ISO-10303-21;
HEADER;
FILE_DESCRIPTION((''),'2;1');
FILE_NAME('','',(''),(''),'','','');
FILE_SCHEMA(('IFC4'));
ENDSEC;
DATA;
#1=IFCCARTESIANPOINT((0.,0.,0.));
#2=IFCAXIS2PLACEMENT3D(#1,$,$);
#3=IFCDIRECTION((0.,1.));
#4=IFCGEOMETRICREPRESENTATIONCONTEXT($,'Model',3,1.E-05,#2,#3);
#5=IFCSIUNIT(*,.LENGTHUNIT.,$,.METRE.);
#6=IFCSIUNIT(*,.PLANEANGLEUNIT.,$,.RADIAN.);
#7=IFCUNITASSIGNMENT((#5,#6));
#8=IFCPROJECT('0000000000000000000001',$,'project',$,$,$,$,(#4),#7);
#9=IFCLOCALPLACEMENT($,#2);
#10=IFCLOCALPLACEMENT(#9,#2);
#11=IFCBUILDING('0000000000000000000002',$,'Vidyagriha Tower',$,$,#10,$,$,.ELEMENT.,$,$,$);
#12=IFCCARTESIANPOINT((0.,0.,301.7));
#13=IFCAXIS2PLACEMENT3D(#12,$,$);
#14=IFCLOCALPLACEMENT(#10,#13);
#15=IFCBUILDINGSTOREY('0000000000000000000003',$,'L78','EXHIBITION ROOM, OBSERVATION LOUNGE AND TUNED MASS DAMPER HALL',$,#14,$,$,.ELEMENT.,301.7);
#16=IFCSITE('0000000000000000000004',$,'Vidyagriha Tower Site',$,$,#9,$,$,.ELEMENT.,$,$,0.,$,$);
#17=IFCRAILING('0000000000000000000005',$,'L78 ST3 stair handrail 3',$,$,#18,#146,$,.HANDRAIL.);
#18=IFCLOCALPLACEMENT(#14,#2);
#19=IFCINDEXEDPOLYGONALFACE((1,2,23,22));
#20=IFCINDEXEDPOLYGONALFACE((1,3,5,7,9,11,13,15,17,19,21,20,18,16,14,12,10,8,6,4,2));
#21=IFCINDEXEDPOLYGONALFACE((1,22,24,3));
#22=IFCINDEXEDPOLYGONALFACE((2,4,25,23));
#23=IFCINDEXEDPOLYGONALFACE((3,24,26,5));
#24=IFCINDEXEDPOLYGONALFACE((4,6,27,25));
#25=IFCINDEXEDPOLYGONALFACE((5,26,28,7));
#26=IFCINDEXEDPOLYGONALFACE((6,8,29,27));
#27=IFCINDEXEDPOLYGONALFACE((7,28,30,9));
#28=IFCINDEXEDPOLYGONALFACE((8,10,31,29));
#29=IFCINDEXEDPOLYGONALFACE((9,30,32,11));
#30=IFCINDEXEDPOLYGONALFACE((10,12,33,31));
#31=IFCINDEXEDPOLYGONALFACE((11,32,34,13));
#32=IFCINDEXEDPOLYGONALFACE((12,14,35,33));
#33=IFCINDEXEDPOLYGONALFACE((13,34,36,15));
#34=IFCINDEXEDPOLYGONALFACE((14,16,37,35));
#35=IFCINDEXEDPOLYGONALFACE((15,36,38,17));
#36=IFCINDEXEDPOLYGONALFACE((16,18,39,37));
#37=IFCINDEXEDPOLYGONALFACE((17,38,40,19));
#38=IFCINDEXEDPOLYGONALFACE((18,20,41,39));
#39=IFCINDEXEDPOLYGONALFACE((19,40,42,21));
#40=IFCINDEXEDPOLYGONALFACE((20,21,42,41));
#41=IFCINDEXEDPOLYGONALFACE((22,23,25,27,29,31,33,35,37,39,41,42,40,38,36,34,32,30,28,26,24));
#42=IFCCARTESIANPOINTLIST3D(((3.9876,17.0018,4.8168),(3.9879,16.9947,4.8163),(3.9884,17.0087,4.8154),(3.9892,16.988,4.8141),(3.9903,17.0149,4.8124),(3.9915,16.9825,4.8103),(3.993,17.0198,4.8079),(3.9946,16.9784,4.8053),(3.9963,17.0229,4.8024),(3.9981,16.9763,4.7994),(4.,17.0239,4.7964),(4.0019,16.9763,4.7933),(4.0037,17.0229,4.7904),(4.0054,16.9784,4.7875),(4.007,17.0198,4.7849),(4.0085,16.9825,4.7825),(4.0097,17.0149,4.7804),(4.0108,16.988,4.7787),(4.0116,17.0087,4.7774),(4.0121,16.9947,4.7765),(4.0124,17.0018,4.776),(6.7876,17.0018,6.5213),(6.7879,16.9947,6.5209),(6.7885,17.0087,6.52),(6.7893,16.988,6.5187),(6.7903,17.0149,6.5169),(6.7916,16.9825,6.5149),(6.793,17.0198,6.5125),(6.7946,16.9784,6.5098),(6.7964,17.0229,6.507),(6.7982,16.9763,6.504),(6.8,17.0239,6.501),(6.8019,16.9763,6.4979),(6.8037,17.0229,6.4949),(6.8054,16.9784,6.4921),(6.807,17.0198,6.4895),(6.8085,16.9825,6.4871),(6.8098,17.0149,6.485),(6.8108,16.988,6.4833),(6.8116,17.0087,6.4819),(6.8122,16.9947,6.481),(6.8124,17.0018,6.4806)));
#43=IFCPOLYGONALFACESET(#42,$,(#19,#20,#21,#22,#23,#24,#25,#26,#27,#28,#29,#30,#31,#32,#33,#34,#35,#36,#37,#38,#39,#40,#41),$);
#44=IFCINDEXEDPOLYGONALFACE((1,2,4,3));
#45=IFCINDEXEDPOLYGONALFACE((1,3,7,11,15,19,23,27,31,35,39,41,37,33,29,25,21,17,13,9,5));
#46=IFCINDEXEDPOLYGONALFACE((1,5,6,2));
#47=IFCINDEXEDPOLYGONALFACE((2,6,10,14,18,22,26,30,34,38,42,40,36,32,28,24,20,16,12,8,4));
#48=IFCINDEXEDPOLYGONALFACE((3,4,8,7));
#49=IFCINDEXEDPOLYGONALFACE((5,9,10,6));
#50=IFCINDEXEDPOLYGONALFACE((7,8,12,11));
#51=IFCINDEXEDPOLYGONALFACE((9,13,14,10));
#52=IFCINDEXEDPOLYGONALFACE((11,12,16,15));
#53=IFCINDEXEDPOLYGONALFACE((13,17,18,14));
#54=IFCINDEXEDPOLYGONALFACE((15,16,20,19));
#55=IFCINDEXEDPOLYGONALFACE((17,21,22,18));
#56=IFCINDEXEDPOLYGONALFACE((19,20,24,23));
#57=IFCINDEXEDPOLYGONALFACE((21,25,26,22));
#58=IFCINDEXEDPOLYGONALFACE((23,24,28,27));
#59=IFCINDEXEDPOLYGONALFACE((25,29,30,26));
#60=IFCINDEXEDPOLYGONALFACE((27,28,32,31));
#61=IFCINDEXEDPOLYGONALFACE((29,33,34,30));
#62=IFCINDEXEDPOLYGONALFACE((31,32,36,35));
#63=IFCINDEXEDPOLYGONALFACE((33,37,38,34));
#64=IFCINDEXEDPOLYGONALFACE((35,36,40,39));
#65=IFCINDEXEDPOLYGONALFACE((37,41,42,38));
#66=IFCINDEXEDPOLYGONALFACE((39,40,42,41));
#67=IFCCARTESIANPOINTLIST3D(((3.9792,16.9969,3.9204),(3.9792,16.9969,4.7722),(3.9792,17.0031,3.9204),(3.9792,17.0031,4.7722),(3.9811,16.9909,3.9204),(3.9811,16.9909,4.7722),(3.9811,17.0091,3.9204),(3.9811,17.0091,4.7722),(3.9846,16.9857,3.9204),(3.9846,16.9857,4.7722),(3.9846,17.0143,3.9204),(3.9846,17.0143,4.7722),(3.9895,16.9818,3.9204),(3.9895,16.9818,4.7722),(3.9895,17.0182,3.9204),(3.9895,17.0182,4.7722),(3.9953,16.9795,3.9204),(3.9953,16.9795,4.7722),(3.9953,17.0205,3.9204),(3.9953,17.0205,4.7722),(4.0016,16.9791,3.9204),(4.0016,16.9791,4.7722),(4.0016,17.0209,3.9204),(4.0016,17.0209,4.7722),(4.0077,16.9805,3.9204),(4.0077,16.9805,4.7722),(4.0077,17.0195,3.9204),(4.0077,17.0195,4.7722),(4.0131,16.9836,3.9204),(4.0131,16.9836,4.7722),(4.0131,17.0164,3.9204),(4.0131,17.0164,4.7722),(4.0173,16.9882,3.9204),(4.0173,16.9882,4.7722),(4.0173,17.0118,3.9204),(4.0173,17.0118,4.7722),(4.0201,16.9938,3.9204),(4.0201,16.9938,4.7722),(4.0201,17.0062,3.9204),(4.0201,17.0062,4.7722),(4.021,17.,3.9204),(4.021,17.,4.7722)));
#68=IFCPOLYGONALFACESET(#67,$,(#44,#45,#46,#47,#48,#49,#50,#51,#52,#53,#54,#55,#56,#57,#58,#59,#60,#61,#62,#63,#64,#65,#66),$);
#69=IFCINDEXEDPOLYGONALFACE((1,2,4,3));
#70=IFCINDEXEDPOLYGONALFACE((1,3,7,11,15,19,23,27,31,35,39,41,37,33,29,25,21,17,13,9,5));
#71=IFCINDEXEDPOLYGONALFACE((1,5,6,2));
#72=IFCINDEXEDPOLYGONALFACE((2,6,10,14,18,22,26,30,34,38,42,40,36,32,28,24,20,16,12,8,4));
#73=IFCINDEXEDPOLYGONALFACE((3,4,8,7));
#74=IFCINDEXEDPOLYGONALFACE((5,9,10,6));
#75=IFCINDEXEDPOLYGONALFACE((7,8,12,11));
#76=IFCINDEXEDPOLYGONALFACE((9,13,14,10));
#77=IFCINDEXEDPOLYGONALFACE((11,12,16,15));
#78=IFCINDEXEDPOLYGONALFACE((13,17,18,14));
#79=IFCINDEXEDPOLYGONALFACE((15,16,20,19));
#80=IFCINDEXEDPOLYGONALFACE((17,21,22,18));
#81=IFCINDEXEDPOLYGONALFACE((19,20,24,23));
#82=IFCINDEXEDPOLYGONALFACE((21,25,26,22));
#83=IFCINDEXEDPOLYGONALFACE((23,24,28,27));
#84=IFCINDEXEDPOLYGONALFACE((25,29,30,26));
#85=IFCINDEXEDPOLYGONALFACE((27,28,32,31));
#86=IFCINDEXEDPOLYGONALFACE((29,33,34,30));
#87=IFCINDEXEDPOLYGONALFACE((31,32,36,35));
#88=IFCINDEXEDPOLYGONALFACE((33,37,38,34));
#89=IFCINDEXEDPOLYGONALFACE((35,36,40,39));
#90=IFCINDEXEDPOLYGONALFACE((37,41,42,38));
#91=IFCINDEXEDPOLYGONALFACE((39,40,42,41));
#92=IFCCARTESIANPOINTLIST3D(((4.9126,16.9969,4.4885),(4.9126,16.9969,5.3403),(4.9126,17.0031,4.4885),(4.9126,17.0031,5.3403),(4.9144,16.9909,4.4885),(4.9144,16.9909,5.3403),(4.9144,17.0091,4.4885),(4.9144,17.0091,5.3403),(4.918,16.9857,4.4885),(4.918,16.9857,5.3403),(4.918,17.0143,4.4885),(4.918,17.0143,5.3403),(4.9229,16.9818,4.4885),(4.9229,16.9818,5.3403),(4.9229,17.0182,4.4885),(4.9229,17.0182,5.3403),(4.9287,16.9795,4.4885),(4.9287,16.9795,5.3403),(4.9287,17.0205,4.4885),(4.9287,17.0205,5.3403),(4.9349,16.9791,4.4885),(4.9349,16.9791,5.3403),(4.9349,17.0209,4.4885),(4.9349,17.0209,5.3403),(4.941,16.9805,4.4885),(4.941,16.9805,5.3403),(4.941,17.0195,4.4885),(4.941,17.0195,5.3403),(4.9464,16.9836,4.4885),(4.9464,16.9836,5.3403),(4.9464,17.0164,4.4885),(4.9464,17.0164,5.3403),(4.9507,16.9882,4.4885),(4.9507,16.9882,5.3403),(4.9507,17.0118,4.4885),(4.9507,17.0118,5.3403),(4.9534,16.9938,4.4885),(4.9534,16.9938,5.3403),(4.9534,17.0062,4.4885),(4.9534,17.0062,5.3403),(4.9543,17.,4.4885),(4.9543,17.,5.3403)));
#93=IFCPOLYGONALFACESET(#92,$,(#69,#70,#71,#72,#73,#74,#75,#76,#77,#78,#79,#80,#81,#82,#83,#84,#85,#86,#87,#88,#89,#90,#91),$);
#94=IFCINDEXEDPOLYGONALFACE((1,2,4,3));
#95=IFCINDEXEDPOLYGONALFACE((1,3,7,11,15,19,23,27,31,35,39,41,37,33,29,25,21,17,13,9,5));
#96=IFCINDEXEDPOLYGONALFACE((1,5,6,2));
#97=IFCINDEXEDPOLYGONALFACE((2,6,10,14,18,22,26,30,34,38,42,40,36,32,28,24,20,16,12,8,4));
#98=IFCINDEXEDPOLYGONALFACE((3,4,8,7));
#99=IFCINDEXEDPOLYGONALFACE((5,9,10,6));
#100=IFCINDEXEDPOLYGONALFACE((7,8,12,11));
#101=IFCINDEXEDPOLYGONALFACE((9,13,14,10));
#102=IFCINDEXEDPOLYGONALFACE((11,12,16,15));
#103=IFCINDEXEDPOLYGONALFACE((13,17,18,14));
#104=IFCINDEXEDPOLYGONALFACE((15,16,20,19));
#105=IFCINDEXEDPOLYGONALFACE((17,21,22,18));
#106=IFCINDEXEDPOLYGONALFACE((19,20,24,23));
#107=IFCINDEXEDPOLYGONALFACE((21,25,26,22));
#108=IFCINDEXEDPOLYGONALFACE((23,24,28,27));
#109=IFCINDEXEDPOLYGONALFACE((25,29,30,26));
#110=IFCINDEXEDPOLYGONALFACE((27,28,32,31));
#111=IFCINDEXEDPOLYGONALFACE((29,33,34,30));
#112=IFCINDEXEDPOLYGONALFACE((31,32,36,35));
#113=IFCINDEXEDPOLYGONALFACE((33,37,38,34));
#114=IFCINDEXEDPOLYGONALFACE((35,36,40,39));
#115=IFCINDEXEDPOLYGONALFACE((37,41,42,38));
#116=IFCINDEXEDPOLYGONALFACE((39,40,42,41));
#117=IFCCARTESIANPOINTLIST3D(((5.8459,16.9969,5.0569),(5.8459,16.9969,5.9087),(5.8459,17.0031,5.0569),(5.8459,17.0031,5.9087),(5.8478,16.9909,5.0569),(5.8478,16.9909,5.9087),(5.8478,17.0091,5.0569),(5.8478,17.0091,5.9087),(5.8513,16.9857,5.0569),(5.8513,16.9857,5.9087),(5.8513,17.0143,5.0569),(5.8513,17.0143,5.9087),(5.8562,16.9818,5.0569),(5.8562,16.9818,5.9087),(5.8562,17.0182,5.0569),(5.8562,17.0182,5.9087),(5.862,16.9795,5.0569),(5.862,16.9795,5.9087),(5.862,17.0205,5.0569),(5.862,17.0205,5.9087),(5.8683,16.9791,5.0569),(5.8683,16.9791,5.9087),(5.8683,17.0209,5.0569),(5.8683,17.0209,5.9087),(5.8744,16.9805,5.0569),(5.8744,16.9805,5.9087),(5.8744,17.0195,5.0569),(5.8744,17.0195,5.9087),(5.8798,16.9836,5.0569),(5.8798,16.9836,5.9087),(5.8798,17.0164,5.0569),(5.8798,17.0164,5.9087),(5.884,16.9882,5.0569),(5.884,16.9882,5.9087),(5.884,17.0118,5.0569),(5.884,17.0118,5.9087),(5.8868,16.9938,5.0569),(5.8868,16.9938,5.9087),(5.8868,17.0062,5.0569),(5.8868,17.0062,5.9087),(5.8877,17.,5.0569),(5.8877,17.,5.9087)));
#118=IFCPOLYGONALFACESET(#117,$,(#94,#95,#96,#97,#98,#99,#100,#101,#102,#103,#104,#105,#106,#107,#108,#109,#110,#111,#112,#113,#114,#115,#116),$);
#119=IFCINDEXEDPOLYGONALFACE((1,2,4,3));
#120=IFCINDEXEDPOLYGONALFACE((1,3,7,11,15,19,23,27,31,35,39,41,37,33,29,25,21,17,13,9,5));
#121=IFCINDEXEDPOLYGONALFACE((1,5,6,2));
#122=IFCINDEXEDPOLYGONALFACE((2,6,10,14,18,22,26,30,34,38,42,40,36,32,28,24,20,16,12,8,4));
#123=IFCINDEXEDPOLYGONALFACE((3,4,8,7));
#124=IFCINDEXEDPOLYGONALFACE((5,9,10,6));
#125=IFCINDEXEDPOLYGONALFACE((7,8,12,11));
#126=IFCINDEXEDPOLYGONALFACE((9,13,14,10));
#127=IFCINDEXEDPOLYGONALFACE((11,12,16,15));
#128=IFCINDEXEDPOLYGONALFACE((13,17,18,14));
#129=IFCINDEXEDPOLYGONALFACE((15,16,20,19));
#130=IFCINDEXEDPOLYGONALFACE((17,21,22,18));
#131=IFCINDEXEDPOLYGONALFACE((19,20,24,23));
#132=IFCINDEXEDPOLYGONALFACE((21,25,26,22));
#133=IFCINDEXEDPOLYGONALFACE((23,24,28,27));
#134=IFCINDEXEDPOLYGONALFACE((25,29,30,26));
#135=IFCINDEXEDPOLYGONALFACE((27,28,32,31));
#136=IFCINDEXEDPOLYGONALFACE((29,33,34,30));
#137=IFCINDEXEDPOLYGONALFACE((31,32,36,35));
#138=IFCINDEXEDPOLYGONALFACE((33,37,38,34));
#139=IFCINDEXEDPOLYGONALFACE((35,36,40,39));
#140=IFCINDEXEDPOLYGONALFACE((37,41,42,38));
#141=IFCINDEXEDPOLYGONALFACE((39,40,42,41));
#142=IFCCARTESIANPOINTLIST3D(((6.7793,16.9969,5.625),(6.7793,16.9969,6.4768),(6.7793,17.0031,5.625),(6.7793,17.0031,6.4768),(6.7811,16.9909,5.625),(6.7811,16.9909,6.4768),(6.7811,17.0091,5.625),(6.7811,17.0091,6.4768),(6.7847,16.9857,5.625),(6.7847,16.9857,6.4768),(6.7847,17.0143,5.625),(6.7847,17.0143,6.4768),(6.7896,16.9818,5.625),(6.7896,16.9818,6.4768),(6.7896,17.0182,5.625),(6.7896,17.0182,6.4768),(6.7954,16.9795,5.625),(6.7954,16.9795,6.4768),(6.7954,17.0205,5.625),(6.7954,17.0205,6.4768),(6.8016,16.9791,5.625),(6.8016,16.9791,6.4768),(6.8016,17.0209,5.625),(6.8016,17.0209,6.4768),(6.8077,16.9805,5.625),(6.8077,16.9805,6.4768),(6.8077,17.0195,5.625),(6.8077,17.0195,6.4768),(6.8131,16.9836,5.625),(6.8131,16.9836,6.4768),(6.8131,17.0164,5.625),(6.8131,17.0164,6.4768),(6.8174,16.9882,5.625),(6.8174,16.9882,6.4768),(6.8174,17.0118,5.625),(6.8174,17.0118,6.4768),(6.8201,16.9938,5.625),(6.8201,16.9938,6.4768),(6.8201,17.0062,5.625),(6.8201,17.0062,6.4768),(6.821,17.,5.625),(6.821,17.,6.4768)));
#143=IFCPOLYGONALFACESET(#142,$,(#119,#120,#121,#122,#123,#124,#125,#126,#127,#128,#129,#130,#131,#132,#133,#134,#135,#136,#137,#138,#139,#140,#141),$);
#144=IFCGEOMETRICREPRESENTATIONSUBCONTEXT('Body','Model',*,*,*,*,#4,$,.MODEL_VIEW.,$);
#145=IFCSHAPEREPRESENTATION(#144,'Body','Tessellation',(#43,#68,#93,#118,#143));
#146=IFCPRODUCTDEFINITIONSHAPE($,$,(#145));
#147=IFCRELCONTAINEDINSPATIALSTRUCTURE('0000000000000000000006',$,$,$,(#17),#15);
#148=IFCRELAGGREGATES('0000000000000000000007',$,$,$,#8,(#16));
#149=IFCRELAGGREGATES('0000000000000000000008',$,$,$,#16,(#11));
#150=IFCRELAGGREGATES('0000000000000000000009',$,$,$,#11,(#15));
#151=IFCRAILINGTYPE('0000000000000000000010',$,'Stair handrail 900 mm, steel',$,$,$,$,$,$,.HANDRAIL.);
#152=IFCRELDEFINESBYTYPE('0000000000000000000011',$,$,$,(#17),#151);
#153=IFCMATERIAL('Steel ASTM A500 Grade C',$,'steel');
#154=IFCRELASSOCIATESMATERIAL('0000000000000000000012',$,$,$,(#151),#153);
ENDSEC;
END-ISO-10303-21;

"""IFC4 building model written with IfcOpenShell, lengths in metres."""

from ifc_helpers import new_model, si_unit, direction, frame, origin, origin_2d, place, context, subcontext, project, spatial, circle, extrude, material, type_object, element, save


model = new_model("IFC4")

# Units and contexts
model_context = context("Model", 3, precision=1e-05, world=origin(), true_north=direction((0.0, 1.0)))
body_context = subcontext(model_context, "Body", "Model", "MODEL_VIEW")
ifc_project = project(units=[si_unit("LENGTHUNIT", "METRE"), si_unit("PLANEANGLEUNIT", "RADIAN")], contexts=[model_context])

# Site, building, storey
site_placement = place(None, origin())
site = spatial("IfcSite", under=ifc_project, at=site_placement, Name="Vidyagriha Tower Site", CompositionType="ELEMENT", RefElevation=0.0)
building_placement = place(site_placement, origin())
building = spatial("IfcBuilding", under=site, at=building_placement, Name="Vidyagriha Tower", CompositionType="ELEMENT")
storey_placement = place(building_placement, frame((0.0, 0.0, 301.7)))
storey = spatial("IfcBuildingStorey", under=building, at=storey_placement, Name="L78", Description="EXHIBITION ROOM, OBSERVATION LOUNGE AND TUNED MASS DAMPER HALL", CompositionType="ELEMENT", Elevation=301.7)

# Railing
ifc_material_1 = material(Name="Steel ASTM A500 Grade C", Category="steel")
railing_type_1 = type_object("IfcRailingType", Name="Stair handrail 900 mm, steel", PredefinedType="HANDRAIL", material=ifc_material_1)
for number, where, name in (
    (1, (4.0, 17.0, 3.9204), "L78 ST3 stair handrail 3"),
):
    element("IfcRailing", number, at=place(storey_placement, frame(where)), inside=storey, type_object=railing_type_1, Name=name, PredefinedType="HANDRAIL", context=body_context, shape_type="SweptSolid", body=[
        extrude(circle(Radius=0.0239, at=origin_2d()), frame((0.0, 0.0, 0.876), z_axis=(0.85417, 0.0, 0.519994), x_axis=(0.0, 1.0, 0.0)), (0.0, 0.0, 1.0), 3.2781),
        extrude(circle(Radius=0.021, at=origin_2d()), origin(), (0.0, 0.0, 1.0), 0.8518),
        extrude(circle(Radius=0.021, at=origin_2d()), frame((0.9333, 0.0, 0.5681)), (0.0, 0.0, 1.0), 0.8518),
        extrude(circle(Radius=0.021, at=origin_2d()), frame((1.8667, 0.0, 1.1365)), (0.0, 0.0, 1.0), 0.8518),
        extrude(circle(Radius=0.021, at=origin_2d()), frame((2.8, 0.0, 1.7046)), (0.0, 0.0, 1.0), 0.8518),
    ])

save(model, "model.ifc")
